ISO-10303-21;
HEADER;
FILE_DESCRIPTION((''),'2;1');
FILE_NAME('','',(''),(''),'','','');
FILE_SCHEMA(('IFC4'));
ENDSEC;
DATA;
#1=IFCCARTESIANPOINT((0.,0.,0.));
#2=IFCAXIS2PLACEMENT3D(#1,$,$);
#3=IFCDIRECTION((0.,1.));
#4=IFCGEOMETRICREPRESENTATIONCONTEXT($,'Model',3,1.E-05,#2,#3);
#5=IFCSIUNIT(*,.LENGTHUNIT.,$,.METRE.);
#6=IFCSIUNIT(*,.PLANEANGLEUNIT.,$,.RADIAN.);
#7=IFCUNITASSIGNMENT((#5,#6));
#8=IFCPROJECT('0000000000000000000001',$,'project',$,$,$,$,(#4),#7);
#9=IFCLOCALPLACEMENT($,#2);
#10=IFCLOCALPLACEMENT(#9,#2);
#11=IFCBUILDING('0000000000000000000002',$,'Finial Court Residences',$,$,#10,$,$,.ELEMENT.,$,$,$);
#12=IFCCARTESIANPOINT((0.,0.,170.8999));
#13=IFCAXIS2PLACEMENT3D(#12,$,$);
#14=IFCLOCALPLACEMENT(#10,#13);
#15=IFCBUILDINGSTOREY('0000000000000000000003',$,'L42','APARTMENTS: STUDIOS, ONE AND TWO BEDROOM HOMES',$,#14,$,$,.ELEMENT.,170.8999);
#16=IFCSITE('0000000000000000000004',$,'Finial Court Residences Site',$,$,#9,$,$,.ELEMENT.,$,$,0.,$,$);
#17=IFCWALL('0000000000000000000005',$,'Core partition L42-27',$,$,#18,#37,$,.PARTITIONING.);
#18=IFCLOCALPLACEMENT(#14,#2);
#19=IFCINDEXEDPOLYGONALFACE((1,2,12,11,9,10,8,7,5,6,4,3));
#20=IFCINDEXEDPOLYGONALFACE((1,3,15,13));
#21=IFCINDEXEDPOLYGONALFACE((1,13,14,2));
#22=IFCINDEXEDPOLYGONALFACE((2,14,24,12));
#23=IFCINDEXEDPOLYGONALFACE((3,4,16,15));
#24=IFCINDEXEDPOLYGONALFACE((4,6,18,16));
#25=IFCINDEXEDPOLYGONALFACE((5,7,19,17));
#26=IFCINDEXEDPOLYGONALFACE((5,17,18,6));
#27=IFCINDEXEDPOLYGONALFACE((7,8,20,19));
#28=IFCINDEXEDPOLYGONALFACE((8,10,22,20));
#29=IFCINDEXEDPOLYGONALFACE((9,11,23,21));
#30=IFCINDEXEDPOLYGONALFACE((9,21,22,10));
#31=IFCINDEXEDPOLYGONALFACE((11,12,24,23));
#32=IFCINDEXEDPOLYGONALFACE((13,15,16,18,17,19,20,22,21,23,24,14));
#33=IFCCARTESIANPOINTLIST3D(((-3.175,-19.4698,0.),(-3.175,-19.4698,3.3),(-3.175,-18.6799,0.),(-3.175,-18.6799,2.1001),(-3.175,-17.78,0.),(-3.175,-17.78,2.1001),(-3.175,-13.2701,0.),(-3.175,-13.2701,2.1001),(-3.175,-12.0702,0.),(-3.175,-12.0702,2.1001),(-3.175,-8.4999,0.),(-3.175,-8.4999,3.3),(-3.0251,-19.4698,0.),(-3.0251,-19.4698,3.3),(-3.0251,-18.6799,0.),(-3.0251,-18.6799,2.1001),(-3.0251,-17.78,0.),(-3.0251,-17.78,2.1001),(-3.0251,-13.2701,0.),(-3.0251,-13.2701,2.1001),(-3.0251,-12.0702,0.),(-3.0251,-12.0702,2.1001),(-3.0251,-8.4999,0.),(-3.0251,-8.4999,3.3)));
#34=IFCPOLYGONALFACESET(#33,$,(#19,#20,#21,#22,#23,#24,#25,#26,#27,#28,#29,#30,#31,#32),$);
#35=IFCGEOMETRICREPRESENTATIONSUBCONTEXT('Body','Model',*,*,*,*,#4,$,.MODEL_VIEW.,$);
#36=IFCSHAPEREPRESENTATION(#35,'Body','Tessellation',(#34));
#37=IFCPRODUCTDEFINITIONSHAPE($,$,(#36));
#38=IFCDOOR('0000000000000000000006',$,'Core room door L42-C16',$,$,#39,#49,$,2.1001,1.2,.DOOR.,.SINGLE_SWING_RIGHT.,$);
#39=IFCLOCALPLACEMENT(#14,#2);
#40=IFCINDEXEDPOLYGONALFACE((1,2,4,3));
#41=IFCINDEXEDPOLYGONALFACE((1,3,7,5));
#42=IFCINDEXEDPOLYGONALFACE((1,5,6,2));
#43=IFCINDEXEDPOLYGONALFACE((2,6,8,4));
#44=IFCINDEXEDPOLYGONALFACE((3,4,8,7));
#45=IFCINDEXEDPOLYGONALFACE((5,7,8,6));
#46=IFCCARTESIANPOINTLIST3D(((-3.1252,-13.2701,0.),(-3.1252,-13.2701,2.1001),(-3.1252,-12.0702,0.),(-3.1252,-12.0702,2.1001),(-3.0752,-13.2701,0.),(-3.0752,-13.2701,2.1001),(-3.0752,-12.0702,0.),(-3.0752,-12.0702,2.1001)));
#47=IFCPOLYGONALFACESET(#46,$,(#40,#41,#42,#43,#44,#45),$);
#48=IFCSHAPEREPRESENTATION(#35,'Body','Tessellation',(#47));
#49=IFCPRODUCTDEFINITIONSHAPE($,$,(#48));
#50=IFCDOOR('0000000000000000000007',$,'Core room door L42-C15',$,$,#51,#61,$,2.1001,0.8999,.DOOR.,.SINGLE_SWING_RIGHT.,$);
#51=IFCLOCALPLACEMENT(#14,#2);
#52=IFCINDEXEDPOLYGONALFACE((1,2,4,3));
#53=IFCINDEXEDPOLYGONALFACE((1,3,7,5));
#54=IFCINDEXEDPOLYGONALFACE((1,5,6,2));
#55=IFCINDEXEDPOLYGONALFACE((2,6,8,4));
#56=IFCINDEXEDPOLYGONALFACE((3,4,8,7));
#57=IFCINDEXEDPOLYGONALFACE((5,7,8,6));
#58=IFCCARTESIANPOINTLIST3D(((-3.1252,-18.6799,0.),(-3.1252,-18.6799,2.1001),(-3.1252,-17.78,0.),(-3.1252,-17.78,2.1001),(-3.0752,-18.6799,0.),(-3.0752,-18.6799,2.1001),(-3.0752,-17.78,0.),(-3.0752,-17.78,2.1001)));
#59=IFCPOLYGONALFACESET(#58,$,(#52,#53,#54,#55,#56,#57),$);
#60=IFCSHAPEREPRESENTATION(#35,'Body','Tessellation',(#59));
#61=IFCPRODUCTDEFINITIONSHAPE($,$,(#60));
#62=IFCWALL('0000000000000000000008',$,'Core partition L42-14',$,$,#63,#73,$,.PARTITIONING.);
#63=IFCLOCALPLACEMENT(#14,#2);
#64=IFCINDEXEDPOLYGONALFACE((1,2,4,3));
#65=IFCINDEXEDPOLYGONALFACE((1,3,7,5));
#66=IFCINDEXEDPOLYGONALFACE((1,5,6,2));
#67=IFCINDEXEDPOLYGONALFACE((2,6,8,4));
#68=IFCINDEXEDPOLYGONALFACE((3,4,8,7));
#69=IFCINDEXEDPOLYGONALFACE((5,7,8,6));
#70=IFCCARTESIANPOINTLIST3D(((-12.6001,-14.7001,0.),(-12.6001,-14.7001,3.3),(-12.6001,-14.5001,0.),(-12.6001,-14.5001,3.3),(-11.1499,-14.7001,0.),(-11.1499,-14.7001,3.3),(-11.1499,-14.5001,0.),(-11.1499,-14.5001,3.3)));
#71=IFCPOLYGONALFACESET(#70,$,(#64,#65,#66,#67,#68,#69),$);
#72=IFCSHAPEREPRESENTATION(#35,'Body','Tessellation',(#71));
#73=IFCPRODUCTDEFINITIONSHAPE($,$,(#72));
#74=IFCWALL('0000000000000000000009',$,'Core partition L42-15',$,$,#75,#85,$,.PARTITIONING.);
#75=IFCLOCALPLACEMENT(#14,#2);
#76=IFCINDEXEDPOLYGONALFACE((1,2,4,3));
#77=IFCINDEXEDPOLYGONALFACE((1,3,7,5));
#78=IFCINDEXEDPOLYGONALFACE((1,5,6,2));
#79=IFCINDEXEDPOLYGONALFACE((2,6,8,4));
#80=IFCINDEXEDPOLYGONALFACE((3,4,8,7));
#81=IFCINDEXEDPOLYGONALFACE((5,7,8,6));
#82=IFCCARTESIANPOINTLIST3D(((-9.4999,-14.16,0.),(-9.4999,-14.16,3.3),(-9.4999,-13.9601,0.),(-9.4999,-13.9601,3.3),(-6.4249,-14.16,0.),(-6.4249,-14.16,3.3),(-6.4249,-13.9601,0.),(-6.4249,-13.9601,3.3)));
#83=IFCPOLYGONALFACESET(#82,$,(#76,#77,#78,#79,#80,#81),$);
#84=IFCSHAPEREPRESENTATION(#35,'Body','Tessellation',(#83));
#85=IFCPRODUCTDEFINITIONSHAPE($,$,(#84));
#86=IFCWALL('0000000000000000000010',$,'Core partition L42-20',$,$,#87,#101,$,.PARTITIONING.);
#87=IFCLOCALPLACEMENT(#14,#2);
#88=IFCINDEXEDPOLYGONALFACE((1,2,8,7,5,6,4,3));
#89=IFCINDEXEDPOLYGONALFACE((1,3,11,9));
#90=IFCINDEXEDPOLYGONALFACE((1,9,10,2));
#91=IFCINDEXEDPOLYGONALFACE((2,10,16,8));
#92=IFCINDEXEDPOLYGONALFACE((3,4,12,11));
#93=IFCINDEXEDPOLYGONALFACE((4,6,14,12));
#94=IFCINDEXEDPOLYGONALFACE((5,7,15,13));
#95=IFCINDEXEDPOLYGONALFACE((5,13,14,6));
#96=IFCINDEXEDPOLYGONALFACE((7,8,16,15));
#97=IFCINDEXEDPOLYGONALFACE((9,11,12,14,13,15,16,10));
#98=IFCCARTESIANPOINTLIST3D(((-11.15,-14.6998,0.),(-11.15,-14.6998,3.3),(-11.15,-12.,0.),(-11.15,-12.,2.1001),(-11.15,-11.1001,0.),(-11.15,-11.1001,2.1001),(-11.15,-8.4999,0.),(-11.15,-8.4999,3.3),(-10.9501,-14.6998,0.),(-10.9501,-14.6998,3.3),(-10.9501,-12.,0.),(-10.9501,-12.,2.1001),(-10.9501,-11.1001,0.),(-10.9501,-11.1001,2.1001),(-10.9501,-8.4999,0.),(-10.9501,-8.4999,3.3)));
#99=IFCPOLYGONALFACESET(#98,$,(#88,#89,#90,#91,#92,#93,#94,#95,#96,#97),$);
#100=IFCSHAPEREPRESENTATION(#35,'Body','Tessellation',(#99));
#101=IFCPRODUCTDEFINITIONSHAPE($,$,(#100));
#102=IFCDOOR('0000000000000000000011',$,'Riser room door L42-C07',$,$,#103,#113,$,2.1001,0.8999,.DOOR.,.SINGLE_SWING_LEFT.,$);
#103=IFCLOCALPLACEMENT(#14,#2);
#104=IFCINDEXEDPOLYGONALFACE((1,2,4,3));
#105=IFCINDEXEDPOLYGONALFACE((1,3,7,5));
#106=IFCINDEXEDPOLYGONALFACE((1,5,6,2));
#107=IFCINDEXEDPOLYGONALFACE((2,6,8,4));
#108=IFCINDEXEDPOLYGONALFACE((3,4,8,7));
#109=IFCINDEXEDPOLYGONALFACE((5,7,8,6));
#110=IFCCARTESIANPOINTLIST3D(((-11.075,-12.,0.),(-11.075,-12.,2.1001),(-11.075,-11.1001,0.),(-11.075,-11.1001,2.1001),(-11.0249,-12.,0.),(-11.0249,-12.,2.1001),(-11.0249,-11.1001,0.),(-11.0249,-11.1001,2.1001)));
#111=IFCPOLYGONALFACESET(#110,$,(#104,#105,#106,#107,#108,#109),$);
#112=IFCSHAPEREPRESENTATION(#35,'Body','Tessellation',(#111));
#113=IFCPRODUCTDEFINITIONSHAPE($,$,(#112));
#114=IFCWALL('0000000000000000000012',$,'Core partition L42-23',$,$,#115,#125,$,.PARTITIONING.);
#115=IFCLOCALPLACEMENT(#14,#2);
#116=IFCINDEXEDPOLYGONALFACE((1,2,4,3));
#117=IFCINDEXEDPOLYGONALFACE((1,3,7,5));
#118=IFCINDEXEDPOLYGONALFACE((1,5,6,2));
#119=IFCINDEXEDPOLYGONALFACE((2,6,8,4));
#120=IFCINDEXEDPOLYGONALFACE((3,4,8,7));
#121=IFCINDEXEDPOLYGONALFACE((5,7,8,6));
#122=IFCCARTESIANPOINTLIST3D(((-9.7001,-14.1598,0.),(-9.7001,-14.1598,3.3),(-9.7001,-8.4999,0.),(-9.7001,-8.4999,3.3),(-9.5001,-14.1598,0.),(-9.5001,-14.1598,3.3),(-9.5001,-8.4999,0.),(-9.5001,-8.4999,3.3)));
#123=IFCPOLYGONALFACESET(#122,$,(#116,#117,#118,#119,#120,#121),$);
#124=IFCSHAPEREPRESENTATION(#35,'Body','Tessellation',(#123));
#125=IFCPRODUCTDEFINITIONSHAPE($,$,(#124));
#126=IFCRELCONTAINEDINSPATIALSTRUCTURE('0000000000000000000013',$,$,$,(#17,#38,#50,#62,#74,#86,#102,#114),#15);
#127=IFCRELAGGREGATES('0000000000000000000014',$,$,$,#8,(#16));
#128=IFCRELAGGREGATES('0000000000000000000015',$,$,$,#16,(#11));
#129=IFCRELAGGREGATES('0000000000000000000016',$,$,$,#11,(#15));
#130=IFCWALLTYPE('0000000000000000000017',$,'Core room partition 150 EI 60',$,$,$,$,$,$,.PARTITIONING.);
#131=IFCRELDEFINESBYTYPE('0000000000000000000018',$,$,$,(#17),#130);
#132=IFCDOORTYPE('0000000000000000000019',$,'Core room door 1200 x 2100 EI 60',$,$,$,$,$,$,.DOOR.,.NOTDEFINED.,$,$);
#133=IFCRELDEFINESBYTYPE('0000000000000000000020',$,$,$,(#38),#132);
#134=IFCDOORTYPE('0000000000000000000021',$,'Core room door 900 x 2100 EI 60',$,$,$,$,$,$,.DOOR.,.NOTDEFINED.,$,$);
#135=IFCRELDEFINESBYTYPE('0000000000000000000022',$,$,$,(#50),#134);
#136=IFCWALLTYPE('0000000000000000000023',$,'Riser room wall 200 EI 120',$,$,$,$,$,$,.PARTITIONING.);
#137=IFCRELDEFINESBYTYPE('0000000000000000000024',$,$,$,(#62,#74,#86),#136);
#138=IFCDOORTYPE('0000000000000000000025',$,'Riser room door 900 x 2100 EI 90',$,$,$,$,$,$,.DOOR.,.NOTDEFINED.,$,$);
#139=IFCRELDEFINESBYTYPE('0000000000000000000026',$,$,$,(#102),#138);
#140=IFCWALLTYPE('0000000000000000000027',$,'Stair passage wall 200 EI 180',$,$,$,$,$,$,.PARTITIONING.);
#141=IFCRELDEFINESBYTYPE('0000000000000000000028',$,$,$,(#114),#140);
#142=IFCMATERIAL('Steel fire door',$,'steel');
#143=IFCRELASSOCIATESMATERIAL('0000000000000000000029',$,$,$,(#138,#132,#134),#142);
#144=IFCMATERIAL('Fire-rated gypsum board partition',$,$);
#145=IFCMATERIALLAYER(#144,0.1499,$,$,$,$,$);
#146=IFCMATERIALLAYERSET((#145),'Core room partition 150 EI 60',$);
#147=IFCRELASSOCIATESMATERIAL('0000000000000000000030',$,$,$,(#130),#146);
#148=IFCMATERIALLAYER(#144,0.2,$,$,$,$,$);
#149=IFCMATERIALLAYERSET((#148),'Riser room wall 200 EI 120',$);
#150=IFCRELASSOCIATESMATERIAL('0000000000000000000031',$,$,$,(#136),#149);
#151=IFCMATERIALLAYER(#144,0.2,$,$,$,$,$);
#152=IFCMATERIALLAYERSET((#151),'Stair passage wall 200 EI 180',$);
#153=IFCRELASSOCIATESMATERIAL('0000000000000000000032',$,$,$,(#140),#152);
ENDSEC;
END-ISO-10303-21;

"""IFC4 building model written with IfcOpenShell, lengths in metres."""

from ifc_helpers import new_model, si_unit, direction, frame, frame_2d, origin, place, context, subcontext, project, spatial, rectangle, extrude, material, layer, layer_set, type_object, element, fill, save


model = new_model("IFC4")

# Units and contexts
model_context = context("Model", 3, precision=1e-05, world=origin(), true_north=direction((0.0, 1.0)))
body_context = subcontext(model_context, "Body", "Model", "MODEL_VIEW")
ifc_project = project(units=[si_unit("LENGTHUNIT", "METRE"), si_unit("PLANEANGLEUNIT", "RADIAN")], contexts=[model_context])

# Site, building, storey
site_placement = place(None, origin())
site = spatial("IfcSite", under=ifc_project, at=site_placement, Name="Finial Court Residences Site", CompositionType="ELEMENT", RefElevation=0.0)
building_placement = place(site_placement, origin())
building = spatial("IfcBuilding", under=site, at=building_placement, Name="Finial Court Residences", CompositionType="ELEMENT")
storey_placement = place(building_placement, frame((0.0, 0.0, 170.8999)))
storey = spatial("IfcBuildingStorey", under=building, at=storey_placement, Name="L42", Description="APARTMENTS: STUDIOS, ONE AND TWO BEDROOM HOMES", CompositionType="ELEMENT", Elevation=170.8999)

# Shared definitions
ifc_material_1 = material(Name="Steel fire door", Category="steel")
door_type_1 = type_object("IfcDoorType", Name="Riser room door 900 x 2100 EI 90", OperationType="NOTDEFINED", PredefinedType="DOOR", material=ifc_material_1)

# Shared definitions
ifc_material_2 = material(Name="Fire-rated gypsum board partition")
ifc_layer_1 = layer(ifc_material_2, 0.1499)
ifc_layer_set_1 = layer_set([ifc_layer_1], Name="Core room partition 150 EI 60")
wall_type_1 = type_object("IfcWallType", Name="Core room partition 150 EI 60", PredefinedType="PARTITIONING", material=ifc_layer_set_1)

# Shared definitions
door_type_2 = type_object("IfcDoorType", Name="Core room door 1200 x 2100 EI 60", OperationType="NOTDEFINED", PredefinedType="DOOR", material=ifc_material_1)

# Wall, openings, doors
wall_1_placement = place(storey_placement, frame((-3.1001, -8.5, 0.0), z_axis=(0.0, 0.0, 1.0), x_axis=(0.0, -1.0, 0.0)))
wall_1 = element("IfcWall", 1, at=wall_1_placement, inside=storey, type_object=wall_type_1, Name="Core partition L42-27", PredefinedType="PARTITIONING", context=body_context, shape_type="SweptSolid", body=[
    extrude(rectangle(XDim=10.97, YDim=0.1499, at=frame_2d((5.4849, 0.0))), origin(), (0.0, 0.0, 1.0), 3.3),
])
opening_1_placement = place(wall_1_placement, frame((9.28, 0.0, 0.0)))
opening_1 = element("IfcOpeningElement", 2, at=opening_1_placement, cuts=wall_1, PredefinedType="OPENING", context=body_context, shape_type="SweptSolid", body=[
    extrude(rectangle(XDim=0.8999, YDim=2.1001, at=frame_2d((0.45, 1.05))), frame((0.0, 0.085, 0.0), z_axis=(0.0, -1.0, 0.0), x_axis=(1.0, 0.0, 0.0)), (0.0, 0.0, 1.0), 0.1699),
])
opening_2_placement = place(wall_1_placement, frame((3.5701, 0.0, 0.0)))
opening_2 = element("IfcOpeningElement", 3, at=opening_2_placement, cuts=wall_1, PredefinedType="OPENING", context=body_context, shape_type="SweptSolid", body=[
    extrude(rectangle(XDim=1.2, YDim=2.1001, at=frame_2d((0.6001, 1.05))), frame((0.0, 0.085, 0.0), z_axis=(0.0, -1.0, 0.0), x_axis=(1.0, 0.0, 0.0)), (0.0, 0.0, 1.0), 0.1699),
])
door_1_placement = place(opening_2_placement, origin())
door_1 = element("IfcDoor", 4, at=door_1_placement, inside=storey, type_object=door_type_2, Name="Core room door L42-C16", OperationType="SINGLE_SWING_RIGHT", OverallHeight=2.1001, OverallWidth=1.2, PredefinedType="DOOR", context=body_context, shape_type="SweptSolid", body=[
    extrude(rectangle(XDim=1.2, YDim=2.1001, at=frame_2d((0.6001, 1.05))), frame((0.0, 0.0249, 0.0), z_axis=(0.0, -1.0, 0.0), x_axis=(1.0, 0.0, 0.0)), (0.0, 0.0, 1.0), 0.05),
])
fill(opening_2, door_1)
door_type_3 = type_object("IfcDoorType", Name="Core room door 900 x 2100 EI 60", OperationType="NOTDEFINED", PredefinedType="DOOR", material=ifc_material_1)
door_2_placement = place(opening_1_placement, origin())
door_2 = element("IfcDoor", 5, at=door_2_placement, inside=storey, type_object=door_type_3, Name="Core room door L42-C15", OperationType="SINGLE_SWING_RIGHT", OverallHeight=2.1001, OverallWidth=0.8999, PredefinedType="DOOR", context=body_context, shape_type="SweptSolid", body=[
    extrude(rectangle(XDim=0.8999, YDim=2.1001, at=frame_2d((0.45, 1.05))), frame((0.0, 0.0249, 0.0), z_axis=(0.0, -1.0, 0.0), x_axis=(1.0, 0.0, 0.0)), (0.0, 0.0, 1.0), 0.05),
])
fill(opening_1, door_2)

# Walls
ifc_layer_2 = layer(ifc_material_2, 0.2)
ifc_layer_set_2 = layer_set([ifc_layer_2], Name="Riser room wall 200 EI 120")
wall_type_2 = type_object("IfcWallType", Name="Riser room wall 200 EI 120", PredefinedType="PARTITIONING", material=ifc_layer_set_2)
wall_2_placement = place(storey_placement, frame((-12.6001, -14.6001, 0.0), z_axis=(0.0, 0.0, 1.0), x_axis=(1.0, 0.0, 0.0)))
element("IfcWall", 6, at=wall_2_placement, inside=storey, type_object=wall_type_2, Name="Core partition L42-14", PredefinedType="PARTITIONING", context=body_context, shape_type="SweptSolid", body=[
    extrude(rectangle(XDim=1.4502, YDim=0.2, at=frame_2d((0.7251, 0.0))), origin(), (0.0, 0.0, 1.0), 3.3),
])
wall_3_placement = place(storey_placement, frame((-9.5, -14.0601, 0.0), z_axis=(0.0, 0.0, 1.0), x_axis=(1.0, 0.0, 0.0)))
element("IfcWall", 7, at=wall_3_placement, inside=storey, type_object=wall_type_2, Name="Core partition L42-15", PredefinedType="PARTITIONING", context=body_context, shape_type="SweptSolid", body=[
    extrude(rectangle(XDim=3.075, YDim=0.2, at=frame_2d((1.5376, 0.0))), origin(), (0.0, 0.0, 1.0), 3.3),
])

# Wall, opening, door
wall_4_placement = place(storey_placement, frame((-11.05, -14.7, 0.0), z_axis=(0.0, 0.0, 1.0), x_axis=(0.0, 1.0, 0.0)))
wall_4 = element("IfcWall", 8, at=wall_4_placement, inside=storey, type_object=wall_type_2, Name="Core partition L42-20", PredefinedType="PARTITIONING", context=body_context, shape_type="SweptSolid", body=[
    extrude(rectangle(XDim=6.2, YDim=0.2, at=frame_2d((3.1001, 0.0))), origin(), (0.0, 0.0, 1.0), 3.3),
])
opening_3_placement = place(wall_4_placement, frame((2.7, 0.0, 0.0)))
opening_3 = element("IfcOpeningElement", 9, at=opening_3_placement, cuts=wall_4, PredefinedType="OPENING", context=body_context, shape_type="SweptSolid", body=[
    extrude(rectangle(XDim=0.8999, YDim=2.1001, at=frame_2d((0.45, 1.05))), frame((0.0, 0.1099, 0.0), z_axis=(0.0, -1.0, 0.0), x_axis=(1.0, 0.0, 0.0)), (0.0, 0.0, 1.0), 0.22),
])
door_3_placement = place(opening_3_placement, origin())
door_3 = element("IfcDoor", 10, at=door_3_placement, inside=storey, type_object=door_type_1, Name="Riser room door L42-C07", OperationType="SINGLE_SWING_LEFT", OverallHeight=2.1001, OverallWidth=0.8999, PredefinedType="DOOR", context=body_context, shape_type="SweptSolid", body=[
    extrude(rectangle(XDim=0.8999, YDim=2.1001, at=frame_2d((0.45, 1.05))), frame((0.0, 0.0249, 0.0), z_axis=(0.0, -1.0, 0.0), x_axis=(1.0, 0.0, 0.0)), (0.0, 0.0, 1.0), 0.05),
])
fill(opening_3, door_3)

# Wall
ifc_layer_3 = layer(ifc_material_2, 0.2)
ifc_layer_set_3 = layer_set([ifc_layer_3], Name="Stair passage wall 200 EI 180")
wall_type_3 = type_object("IfcWallType", Name="Stair passage wall 200 EI 180", PredefinedType="PARTITIONING", material=ifc_layer_set_3)
wall_5_placement = place(storey_placement, frame((-9.6001, -14.1599, 0.0), z_axis=(0.0, 0.0, 1.0), x_axis=(0.0, 1.0, 0.0)))
element("IfcWall", 11, at=wall_5_placement, inside=storey, type_object=wall_type_3, Name="Core partition L42-23", PredefinedType="PARTITIONING", context=body_context, shape_type="SweptSolid", body=[
    extrude(rectangle(XDim=5.6599, YDim=0.2, at=frame_2d((2.8301, 0.0))), origin(), (0.0, 0.0, 1.0), 3.3),
])

save(model, "model.ifc")
